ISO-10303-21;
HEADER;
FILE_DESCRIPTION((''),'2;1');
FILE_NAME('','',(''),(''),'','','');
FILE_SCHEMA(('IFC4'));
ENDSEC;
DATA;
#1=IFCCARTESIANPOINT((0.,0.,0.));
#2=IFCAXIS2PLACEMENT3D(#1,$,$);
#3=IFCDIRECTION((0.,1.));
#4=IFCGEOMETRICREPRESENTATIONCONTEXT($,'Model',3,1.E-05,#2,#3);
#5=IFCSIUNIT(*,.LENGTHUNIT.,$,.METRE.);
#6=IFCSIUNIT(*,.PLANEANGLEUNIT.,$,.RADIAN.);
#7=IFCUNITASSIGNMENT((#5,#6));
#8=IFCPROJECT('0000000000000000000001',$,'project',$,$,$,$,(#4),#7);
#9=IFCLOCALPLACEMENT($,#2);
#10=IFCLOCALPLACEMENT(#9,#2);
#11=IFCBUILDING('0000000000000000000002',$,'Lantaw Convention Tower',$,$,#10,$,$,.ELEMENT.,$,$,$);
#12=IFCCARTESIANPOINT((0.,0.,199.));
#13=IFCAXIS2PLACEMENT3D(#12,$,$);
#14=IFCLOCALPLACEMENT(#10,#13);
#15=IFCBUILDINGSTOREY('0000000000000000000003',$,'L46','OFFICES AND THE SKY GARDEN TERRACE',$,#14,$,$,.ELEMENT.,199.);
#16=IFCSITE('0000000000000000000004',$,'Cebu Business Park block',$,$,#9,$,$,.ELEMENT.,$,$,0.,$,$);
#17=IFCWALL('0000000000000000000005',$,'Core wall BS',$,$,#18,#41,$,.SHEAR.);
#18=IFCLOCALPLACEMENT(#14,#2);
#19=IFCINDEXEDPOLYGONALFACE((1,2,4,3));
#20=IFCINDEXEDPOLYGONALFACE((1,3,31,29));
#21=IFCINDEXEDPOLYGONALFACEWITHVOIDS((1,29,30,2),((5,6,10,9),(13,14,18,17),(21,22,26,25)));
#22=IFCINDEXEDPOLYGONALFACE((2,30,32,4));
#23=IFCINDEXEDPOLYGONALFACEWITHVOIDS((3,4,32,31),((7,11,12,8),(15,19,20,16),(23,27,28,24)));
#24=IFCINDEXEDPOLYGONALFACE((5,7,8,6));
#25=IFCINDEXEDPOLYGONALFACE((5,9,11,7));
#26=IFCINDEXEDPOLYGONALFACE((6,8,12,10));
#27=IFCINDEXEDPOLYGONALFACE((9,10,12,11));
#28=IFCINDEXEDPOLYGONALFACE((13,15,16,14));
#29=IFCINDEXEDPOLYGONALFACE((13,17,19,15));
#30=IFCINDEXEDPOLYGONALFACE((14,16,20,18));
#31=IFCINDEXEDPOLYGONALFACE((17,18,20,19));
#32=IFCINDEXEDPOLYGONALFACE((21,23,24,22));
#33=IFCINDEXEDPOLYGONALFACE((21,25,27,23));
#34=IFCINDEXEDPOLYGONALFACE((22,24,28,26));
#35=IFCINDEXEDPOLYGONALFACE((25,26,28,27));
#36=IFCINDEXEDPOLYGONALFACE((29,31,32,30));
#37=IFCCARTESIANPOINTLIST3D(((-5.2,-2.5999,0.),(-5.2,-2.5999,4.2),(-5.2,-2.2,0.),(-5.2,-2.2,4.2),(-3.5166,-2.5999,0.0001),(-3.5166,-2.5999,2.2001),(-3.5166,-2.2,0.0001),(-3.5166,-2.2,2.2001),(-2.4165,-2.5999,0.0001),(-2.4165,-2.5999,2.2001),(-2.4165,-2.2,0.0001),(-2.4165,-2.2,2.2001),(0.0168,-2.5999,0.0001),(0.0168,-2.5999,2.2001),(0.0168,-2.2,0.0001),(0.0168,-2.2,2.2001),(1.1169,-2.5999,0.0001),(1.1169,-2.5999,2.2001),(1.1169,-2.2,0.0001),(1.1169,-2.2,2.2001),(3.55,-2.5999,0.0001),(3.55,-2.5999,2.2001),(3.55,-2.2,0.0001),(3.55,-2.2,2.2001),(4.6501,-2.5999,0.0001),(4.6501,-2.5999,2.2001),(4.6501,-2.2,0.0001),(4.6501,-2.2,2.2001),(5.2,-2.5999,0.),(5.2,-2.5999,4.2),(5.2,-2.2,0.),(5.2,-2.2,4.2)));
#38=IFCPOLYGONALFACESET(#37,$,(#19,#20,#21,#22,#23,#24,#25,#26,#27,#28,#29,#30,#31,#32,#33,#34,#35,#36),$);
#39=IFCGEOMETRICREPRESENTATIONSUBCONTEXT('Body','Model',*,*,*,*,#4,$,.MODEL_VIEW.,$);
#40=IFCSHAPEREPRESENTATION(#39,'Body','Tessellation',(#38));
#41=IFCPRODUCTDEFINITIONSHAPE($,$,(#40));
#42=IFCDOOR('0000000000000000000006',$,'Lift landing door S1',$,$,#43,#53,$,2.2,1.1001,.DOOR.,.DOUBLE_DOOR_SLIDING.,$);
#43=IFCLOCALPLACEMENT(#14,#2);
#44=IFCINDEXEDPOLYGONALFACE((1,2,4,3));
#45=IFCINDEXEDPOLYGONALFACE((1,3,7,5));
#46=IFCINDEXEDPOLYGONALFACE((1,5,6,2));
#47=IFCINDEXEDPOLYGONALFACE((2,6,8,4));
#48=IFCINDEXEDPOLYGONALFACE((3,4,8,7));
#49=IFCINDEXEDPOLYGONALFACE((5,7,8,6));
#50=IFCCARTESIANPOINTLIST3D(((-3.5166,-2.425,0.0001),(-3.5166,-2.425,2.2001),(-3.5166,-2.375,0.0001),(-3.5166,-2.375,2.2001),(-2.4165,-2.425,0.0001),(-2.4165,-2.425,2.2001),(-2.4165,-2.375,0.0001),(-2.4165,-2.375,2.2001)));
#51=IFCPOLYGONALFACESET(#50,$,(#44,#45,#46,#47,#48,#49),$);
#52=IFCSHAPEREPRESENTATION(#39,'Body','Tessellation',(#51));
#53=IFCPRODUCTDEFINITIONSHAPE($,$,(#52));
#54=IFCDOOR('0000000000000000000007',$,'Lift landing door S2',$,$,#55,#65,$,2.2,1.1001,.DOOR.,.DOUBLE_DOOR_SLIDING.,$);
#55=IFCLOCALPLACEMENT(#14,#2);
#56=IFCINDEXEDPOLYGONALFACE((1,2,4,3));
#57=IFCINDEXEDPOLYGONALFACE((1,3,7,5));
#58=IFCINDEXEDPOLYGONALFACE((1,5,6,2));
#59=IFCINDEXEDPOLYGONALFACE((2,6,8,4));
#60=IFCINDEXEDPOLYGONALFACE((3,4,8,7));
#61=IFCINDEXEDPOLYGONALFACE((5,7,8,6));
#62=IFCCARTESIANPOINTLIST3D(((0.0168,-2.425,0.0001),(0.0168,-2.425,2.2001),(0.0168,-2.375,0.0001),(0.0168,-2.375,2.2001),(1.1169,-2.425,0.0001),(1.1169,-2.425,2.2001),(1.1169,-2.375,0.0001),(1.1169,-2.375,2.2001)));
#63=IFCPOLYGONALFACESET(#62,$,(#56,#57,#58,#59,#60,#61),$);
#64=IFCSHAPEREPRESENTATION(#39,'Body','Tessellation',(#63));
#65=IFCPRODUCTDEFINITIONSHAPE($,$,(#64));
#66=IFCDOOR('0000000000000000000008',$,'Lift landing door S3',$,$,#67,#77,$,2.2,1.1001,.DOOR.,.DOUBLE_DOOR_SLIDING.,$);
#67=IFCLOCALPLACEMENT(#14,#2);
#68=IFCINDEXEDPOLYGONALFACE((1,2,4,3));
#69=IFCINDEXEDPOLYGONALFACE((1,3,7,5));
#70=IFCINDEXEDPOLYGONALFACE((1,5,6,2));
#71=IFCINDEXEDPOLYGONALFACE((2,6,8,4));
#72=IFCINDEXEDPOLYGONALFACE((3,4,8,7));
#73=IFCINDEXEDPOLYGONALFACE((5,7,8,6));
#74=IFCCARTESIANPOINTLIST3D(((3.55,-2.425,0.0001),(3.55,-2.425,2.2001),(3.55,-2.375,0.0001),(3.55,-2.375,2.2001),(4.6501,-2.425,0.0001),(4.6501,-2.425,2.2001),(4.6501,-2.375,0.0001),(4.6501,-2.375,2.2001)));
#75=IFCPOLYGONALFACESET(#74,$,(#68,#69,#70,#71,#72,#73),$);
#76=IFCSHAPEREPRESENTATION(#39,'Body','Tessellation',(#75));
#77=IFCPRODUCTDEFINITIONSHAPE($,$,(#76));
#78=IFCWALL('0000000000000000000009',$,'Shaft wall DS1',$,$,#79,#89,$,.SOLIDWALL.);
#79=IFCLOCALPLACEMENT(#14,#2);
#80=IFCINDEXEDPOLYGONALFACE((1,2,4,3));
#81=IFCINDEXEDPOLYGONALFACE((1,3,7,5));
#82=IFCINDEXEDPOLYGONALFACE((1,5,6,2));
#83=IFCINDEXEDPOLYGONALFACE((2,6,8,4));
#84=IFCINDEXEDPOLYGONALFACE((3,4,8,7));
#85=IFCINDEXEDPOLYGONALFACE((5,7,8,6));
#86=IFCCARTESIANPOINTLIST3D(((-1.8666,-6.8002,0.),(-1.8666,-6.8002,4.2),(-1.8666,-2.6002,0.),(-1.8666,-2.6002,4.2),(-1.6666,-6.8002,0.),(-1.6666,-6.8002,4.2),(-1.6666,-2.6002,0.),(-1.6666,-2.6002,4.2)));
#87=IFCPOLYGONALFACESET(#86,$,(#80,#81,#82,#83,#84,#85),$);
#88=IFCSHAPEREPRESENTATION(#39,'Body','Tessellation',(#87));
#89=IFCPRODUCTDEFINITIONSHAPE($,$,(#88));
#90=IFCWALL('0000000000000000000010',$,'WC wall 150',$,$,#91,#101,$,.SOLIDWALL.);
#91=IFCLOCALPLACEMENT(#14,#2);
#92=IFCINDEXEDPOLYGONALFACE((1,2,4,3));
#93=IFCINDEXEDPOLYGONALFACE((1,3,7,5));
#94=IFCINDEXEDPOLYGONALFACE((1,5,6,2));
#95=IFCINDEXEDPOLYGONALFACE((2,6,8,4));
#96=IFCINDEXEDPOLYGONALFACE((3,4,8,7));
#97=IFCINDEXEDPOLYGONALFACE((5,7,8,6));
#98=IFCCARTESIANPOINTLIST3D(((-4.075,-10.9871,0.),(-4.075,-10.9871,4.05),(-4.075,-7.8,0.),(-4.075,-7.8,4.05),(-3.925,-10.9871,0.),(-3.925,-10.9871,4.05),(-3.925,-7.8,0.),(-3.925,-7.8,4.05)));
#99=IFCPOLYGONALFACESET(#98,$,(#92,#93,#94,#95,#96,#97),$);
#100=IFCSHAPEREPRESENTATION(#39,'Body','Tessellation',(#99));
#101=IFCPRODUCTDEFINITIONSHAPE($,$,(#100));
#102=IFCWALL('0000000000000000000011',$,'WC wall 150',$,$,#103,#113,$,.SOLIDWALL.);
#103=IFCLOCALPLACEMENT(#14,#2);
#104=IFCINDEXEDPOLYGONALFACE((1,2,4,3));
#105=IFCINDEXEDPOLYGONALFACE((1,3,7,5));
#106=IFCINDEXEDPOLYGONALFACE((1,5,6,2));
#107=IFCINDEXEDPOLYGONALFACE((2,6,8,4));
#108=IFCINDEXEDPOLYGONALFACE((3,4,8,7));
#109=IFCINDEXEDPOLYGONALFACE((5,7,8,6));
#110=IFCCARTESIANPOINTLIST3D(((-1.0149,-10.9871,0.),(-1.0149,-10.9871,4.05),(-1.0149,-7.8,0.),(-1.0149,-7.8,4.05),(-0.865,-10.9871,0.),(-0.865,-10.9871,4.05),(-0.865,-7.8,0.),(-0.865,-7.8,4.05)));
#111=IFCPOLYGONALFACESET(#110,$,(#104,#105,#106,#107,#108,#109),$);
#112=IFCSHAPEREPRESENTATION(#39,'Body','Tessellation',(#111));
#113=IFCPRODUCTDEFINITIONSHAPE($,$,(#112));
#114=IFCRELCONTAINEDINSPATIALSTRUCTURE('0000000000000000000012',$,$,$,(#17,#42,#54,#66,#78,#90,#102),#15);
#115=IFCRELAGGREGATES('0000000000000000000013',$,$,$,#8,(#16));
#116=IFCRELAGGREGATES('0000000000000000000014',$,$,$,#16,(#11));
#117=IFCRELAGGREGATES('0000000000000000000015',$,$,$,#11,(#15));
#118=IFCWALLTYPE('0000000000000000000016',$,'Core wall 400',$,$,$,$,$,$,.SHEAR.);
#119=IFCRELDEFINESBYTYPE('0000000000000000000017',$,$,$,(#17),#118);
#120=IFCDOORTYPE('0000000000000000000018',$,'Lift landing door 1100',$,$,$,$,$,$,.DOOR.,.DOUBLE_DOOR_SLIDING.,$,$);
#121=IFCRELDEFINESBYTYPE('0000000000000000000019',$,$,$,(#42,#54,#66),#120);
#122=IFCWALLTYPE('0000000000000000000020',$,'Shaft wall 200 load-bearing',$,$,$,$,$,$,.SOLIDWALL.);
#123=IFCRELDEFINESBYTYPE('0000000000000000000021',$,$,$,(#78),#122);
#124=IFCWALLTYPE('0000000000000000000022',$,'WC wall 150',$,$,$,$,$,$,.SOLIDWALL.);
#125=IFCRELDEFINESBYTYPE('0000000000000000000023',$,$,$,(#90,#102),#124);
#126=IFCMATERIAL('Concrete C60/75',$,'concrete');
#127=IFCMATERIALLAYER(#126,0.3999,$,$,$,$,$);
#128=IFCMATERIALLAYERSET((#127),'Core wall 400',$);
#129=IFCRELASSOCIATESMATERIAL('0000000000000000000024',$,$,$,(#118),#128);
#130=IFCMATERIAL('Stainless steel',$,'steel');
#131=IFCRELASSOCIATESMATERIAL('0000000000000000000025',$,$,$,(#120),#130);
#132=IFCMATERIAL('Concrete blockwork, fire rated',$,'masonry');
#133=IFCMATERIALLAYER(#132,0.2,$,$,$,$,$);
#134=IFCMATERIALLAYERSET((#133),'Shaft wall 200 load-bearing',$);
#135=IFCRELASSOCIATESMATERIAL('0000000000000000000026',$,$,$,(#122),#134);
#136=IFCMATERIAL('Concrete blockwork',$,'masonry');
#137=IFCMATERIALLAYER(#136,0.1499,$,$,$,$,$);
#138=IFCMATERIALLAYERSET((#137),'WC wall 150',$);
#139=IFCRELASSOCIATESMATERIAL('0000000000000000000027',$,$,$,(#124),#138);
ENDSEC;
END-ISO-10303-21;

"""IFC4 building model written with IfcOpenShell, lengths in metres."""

from ifc_helpers import new_model, si_unit, direction, frame, frame_2d, origin, place, context, subcontext, project, spatial, rectangle, extrude, material, layer, layer_set, type_object, element, fill, save


model = new_model("IFC4")

# Units and contexts
model_context = context("Model", 3, precision=1e-05, world=origin(), true_north=direction((0.0, 1.0)))
body_context = subcontext(model_context, "Body", "Model", "MODEL_VIEW")
ifc_project = project(units=[si_unit("LENGTHUNIT", "METRE"), si_unit("PLANEANGLEUNIT", "RADIAN")], contexts=[model_context])

# Site, building, storey
site_placement = place(None, origin())
site = spatial("IfcSite", under=ifc_project, at=site_placement, Name="Cebu Business Park block", CompositionType="ELEMENT", RefElevation=0.0)
building_placement = place(site_placement, origin())
building = spatial("IfcBuilding", under=site, at=building_placement, Name="Lantaw Convention Tower", CompositionType="ELEMENT")
storey_placement = place(building_placement, frame((0.0, 0.0, 199.0)))
storey = spatial("IfcBuildingStorey", under=building, at=storey_placement, Name="L46", Description="OFFICES AND THE SKY GARDEN TERRACE", CompositionType="ELEMENT", Elevation=199.0)

# Shared definitions
ifc_material_1 = material(Name="Concrete C60/75", Category="concrete")

# Wall, openings, doors
ifc_layer_1 = layer(ifc_material_1, 0.3999)
ifc_layer_set_1 = layer_set([ifc_layer_1], Name="Core wall 400")
wall_type_1 = type_object("IfcWallType", Name="Core wall 400", PredefinedType="SHEAR", material=ifc_layer_set_1)
wall_1_placement = place(storey_placement, frame((-5.2, -2.3999, 0.0), z_axis=(0.0, 0.0, 1.0), x_axis=(1.0, 0.0, 0.0)))
wall_1 = element("IfcWall", 1, at=wall_1_placement, inside=storey, type_object=wall_type_1, Name="Core wall BS", PredefinedType="SHEAR", context=body_context, shape_type="SweptSolid", body=[
    extrude(rectangle(XDim=10.3999, YDim=0.3999, at=frame_2d((5.2, 0.0))), origin(), (0.0, 0.0, 1.0), 4.2),
])
opening_1_placement = place(wall_1_placement, frame((1.6833, 0.0, 0.0)))
opening_1 = element("IfcOpeningElement", 2, at=opening_1_placement, cuts=wall_1, PredefinedType="OPENING", context=body_context, shape_type="SweptSolid", body=[
    extrude(rectangle(XDim=1.1001, YDim=2.2, at=frame_2d((0.55, 1.1001))), frame((0.0, 0.21, 0.0), z_axis=(0.0, -1.0, 0.0), x_axis=(1.0, 0.0, 0.0)), (0.0, 0.0, 1.0), 0.4199),
])
opening_2_placement = place(wall_1_placement, frame((5.2168, 0.0, 0.0)))
opening_2 = element("IfcOpeningElement", 3, at=opening_2_placement, cuts=wall_1, PredefinedType="OPENING", context=body_context, shape_type="SweptSolid", body=[
    extrude(rectangle(XDim=1.1001, YDim=2.2, at=frame_2d((0.55, 1.1001))), frame((0.0, 0.21, 0.0), z_axis=(0.0, -1.0, 0.0), x_axis=(1.0, 0.0, 0.0)), (0.0, 0.0, 1.0), 0.4199),
])
opening_3_placement = place(wall_1_placement, frame((8.75, 0.0, 0.0)))
opening_3 = element("IfcOpeningElement", 4, at=opening_3_placement, cuts=wall_1, PredefinedType="OPENING", context=body_context, shape_type="SweptSolid", body=[
    extrude(rectangle(XDim=1.1001, YDim=2.2, at=frame_2d((0.55, 1.1001))), frame((0.0, 0.21, 0.0), z_axis=(0.0, -1.0, 0.0), x_axis=(1.0, 0.0, 0.0)), (0.0, 0.0, 1.0), 0.4199),
])
ifc_material_2 = material(Name="Stainless steel", Category="steel")
door_type_1 = type_object("IfcDoorType", Name="Lift landing door 1100", OperationType="DOUBLE_DOOR_SLIDING", PredefinedType="DOOR", material=ifc_material_2)
door_1_placement = place(opening_1_placement, origin())
door_1 = element("IfcDoor", 5, at=door_1_placement, inside=storey, type_object=door_type_1, Name="Lift landing door S1", OperationType="DOUBLE_DOOR_SLIDING", OverallHeight=2.2, OverallWidth=1.1001, PredefinedType="DOOR", context=body_context, shape_type="SweptSolid", body=[
    extrude(rectangle(XDim=1.1001, YDim=2.2, at=frame_2d((0.55, 1.1001))), frame((0.0, 0.0249, 0.0), z_axis=(0.0, -1.0, 0.0), x_axis=(1.0, 0.0, 0.0)), (0.0, 0.0, 1.0), 0.05),
])
fill(opening_1, door_1)
door_2_placement = place(opening_2_placement, origin())
door_2 = element("IfcDoor", 6, at=door_2_placement, inside=storey, type_object=door_type_1, Name="Lift landing door S2", OperationType="DOUBLE_DOOR_SLIDING", OverallHeight=2.2, OverallWidth=1.1001, PredefinedType="DOOR", context=body_context, shape_type="SweptSolid", body=[
    extrude(rectangle(XDim=1.1001, YDim=2.2, at=frame_2d((0.55, 1.1001))), frame((0.0, 0.0249, 0.0), z_axis=(0.0, -1.0, 0.0), x_axis=(1.0, 0.0, 0.0)), (0.0, 0.0, 1.0), 0.05),
])
fill(opening_2, door_2)
door_3_placement = place(opening_3_placement, origin())
door_3 = element("IfcDoor", 7, at=door_3_placement, inside=storey, type_object=door_type_1, Name="Lift landing door S3", OperationType="DOUBLE_DOOR_SLIDING", OverallHeight=2.2, OverallWidth=1.1001, PredefinedType="DOOR", context=body_context, shape_type="SweptSolid", body=[
    extrude(rectangle(XDim=1.1001, YDim=2.2, at=frame_2d((0.55, 1.1001))), frame((0.0, 0.0249, 0.0), z_axis=(0.0, -1.0, 0.0), x_axis=(1.0, 0.0, 0.0)), (0.0, 0.0, 1.0), 0.05),
])
fill(opening_3, door_3)

# Walls
ifc_material_3 = material(Name="Concrete blockwork, fire rated", Category="masonry")
ifc_layer_2 = layer(ifc_material_3, 0.2)
ifc_layer_set_2 = layer_set([ifc_layer_2], Name="Shaft wall 200 load-bearing")
wall_type_2 = type_object("IfcWallType", Name="Shaft wall 200 load-bearing", PredefinedType="SOLIDWALL", material=ifc_layer_set_2)
wall_2_placement = place(storey_placement, frame((-1.7666, -2.6001, 0.0), z_axis=(0.0, 0.0, 1.0), x_axis=(0.0, -1.0, 0.0)))
element("IfcWall", 8, at=wall_2_placement, inside=storey, type_object=wall_type_2, Name="Shaft wall DS1", PredefinedType="SOLIDWALL", context=body_context, shape_type="SweptSolid", body=[
    extrude(rectangle(XDim=4.2, YDim=0.2, at=frame_2d((2.1001, 0.0))), origin(), (0.0, 0.0, 1.0), 4.2),
])
ifc_material_4 = material(Name="Concrete blockwork", Category="masonry")
ifc_layer_3 = layer(ifc_material_4, 0.1499)
ifc_layer_set_3 = layer_set([ifc_layer_3], Name="WC wall 150")
wall_type_3 = type_object("IfcWallType", Name="WC wall 150", PredefinedType="SOLIDWALL", material=ifc_layer_set_3)
for number, where, z_axis, x_axis, name in (
    (9, (-4.0, -7.8, 0.0), (0.0, 0.0, 1.0), (0.0, -1.0, 0.0), "WC wall 150"),
    (10, (-0.9399, -7.8, 0.0), (0.0, 0.0, 1.0), (0.0, -1.0, 0.0), "WC wall 150"),
):
    element("IfcWall", number, at=place(storey_placement, frame(where, z_axis=z_axis, x_axis=x_axis)), inside=storey, type_object=wall_type_3, Name=name, PredefinedType="SOLIDWALL", context=body_context, shape_type="SweptSolid", body=[
        extrude(rectangle(XDim=3.187, YDim=0.1499, at=frame_2d((1.5935, 0.0))), origin(), (0.0, 0.0, 1.0), 4.05),
    ])

save(model, "model.ifc")
